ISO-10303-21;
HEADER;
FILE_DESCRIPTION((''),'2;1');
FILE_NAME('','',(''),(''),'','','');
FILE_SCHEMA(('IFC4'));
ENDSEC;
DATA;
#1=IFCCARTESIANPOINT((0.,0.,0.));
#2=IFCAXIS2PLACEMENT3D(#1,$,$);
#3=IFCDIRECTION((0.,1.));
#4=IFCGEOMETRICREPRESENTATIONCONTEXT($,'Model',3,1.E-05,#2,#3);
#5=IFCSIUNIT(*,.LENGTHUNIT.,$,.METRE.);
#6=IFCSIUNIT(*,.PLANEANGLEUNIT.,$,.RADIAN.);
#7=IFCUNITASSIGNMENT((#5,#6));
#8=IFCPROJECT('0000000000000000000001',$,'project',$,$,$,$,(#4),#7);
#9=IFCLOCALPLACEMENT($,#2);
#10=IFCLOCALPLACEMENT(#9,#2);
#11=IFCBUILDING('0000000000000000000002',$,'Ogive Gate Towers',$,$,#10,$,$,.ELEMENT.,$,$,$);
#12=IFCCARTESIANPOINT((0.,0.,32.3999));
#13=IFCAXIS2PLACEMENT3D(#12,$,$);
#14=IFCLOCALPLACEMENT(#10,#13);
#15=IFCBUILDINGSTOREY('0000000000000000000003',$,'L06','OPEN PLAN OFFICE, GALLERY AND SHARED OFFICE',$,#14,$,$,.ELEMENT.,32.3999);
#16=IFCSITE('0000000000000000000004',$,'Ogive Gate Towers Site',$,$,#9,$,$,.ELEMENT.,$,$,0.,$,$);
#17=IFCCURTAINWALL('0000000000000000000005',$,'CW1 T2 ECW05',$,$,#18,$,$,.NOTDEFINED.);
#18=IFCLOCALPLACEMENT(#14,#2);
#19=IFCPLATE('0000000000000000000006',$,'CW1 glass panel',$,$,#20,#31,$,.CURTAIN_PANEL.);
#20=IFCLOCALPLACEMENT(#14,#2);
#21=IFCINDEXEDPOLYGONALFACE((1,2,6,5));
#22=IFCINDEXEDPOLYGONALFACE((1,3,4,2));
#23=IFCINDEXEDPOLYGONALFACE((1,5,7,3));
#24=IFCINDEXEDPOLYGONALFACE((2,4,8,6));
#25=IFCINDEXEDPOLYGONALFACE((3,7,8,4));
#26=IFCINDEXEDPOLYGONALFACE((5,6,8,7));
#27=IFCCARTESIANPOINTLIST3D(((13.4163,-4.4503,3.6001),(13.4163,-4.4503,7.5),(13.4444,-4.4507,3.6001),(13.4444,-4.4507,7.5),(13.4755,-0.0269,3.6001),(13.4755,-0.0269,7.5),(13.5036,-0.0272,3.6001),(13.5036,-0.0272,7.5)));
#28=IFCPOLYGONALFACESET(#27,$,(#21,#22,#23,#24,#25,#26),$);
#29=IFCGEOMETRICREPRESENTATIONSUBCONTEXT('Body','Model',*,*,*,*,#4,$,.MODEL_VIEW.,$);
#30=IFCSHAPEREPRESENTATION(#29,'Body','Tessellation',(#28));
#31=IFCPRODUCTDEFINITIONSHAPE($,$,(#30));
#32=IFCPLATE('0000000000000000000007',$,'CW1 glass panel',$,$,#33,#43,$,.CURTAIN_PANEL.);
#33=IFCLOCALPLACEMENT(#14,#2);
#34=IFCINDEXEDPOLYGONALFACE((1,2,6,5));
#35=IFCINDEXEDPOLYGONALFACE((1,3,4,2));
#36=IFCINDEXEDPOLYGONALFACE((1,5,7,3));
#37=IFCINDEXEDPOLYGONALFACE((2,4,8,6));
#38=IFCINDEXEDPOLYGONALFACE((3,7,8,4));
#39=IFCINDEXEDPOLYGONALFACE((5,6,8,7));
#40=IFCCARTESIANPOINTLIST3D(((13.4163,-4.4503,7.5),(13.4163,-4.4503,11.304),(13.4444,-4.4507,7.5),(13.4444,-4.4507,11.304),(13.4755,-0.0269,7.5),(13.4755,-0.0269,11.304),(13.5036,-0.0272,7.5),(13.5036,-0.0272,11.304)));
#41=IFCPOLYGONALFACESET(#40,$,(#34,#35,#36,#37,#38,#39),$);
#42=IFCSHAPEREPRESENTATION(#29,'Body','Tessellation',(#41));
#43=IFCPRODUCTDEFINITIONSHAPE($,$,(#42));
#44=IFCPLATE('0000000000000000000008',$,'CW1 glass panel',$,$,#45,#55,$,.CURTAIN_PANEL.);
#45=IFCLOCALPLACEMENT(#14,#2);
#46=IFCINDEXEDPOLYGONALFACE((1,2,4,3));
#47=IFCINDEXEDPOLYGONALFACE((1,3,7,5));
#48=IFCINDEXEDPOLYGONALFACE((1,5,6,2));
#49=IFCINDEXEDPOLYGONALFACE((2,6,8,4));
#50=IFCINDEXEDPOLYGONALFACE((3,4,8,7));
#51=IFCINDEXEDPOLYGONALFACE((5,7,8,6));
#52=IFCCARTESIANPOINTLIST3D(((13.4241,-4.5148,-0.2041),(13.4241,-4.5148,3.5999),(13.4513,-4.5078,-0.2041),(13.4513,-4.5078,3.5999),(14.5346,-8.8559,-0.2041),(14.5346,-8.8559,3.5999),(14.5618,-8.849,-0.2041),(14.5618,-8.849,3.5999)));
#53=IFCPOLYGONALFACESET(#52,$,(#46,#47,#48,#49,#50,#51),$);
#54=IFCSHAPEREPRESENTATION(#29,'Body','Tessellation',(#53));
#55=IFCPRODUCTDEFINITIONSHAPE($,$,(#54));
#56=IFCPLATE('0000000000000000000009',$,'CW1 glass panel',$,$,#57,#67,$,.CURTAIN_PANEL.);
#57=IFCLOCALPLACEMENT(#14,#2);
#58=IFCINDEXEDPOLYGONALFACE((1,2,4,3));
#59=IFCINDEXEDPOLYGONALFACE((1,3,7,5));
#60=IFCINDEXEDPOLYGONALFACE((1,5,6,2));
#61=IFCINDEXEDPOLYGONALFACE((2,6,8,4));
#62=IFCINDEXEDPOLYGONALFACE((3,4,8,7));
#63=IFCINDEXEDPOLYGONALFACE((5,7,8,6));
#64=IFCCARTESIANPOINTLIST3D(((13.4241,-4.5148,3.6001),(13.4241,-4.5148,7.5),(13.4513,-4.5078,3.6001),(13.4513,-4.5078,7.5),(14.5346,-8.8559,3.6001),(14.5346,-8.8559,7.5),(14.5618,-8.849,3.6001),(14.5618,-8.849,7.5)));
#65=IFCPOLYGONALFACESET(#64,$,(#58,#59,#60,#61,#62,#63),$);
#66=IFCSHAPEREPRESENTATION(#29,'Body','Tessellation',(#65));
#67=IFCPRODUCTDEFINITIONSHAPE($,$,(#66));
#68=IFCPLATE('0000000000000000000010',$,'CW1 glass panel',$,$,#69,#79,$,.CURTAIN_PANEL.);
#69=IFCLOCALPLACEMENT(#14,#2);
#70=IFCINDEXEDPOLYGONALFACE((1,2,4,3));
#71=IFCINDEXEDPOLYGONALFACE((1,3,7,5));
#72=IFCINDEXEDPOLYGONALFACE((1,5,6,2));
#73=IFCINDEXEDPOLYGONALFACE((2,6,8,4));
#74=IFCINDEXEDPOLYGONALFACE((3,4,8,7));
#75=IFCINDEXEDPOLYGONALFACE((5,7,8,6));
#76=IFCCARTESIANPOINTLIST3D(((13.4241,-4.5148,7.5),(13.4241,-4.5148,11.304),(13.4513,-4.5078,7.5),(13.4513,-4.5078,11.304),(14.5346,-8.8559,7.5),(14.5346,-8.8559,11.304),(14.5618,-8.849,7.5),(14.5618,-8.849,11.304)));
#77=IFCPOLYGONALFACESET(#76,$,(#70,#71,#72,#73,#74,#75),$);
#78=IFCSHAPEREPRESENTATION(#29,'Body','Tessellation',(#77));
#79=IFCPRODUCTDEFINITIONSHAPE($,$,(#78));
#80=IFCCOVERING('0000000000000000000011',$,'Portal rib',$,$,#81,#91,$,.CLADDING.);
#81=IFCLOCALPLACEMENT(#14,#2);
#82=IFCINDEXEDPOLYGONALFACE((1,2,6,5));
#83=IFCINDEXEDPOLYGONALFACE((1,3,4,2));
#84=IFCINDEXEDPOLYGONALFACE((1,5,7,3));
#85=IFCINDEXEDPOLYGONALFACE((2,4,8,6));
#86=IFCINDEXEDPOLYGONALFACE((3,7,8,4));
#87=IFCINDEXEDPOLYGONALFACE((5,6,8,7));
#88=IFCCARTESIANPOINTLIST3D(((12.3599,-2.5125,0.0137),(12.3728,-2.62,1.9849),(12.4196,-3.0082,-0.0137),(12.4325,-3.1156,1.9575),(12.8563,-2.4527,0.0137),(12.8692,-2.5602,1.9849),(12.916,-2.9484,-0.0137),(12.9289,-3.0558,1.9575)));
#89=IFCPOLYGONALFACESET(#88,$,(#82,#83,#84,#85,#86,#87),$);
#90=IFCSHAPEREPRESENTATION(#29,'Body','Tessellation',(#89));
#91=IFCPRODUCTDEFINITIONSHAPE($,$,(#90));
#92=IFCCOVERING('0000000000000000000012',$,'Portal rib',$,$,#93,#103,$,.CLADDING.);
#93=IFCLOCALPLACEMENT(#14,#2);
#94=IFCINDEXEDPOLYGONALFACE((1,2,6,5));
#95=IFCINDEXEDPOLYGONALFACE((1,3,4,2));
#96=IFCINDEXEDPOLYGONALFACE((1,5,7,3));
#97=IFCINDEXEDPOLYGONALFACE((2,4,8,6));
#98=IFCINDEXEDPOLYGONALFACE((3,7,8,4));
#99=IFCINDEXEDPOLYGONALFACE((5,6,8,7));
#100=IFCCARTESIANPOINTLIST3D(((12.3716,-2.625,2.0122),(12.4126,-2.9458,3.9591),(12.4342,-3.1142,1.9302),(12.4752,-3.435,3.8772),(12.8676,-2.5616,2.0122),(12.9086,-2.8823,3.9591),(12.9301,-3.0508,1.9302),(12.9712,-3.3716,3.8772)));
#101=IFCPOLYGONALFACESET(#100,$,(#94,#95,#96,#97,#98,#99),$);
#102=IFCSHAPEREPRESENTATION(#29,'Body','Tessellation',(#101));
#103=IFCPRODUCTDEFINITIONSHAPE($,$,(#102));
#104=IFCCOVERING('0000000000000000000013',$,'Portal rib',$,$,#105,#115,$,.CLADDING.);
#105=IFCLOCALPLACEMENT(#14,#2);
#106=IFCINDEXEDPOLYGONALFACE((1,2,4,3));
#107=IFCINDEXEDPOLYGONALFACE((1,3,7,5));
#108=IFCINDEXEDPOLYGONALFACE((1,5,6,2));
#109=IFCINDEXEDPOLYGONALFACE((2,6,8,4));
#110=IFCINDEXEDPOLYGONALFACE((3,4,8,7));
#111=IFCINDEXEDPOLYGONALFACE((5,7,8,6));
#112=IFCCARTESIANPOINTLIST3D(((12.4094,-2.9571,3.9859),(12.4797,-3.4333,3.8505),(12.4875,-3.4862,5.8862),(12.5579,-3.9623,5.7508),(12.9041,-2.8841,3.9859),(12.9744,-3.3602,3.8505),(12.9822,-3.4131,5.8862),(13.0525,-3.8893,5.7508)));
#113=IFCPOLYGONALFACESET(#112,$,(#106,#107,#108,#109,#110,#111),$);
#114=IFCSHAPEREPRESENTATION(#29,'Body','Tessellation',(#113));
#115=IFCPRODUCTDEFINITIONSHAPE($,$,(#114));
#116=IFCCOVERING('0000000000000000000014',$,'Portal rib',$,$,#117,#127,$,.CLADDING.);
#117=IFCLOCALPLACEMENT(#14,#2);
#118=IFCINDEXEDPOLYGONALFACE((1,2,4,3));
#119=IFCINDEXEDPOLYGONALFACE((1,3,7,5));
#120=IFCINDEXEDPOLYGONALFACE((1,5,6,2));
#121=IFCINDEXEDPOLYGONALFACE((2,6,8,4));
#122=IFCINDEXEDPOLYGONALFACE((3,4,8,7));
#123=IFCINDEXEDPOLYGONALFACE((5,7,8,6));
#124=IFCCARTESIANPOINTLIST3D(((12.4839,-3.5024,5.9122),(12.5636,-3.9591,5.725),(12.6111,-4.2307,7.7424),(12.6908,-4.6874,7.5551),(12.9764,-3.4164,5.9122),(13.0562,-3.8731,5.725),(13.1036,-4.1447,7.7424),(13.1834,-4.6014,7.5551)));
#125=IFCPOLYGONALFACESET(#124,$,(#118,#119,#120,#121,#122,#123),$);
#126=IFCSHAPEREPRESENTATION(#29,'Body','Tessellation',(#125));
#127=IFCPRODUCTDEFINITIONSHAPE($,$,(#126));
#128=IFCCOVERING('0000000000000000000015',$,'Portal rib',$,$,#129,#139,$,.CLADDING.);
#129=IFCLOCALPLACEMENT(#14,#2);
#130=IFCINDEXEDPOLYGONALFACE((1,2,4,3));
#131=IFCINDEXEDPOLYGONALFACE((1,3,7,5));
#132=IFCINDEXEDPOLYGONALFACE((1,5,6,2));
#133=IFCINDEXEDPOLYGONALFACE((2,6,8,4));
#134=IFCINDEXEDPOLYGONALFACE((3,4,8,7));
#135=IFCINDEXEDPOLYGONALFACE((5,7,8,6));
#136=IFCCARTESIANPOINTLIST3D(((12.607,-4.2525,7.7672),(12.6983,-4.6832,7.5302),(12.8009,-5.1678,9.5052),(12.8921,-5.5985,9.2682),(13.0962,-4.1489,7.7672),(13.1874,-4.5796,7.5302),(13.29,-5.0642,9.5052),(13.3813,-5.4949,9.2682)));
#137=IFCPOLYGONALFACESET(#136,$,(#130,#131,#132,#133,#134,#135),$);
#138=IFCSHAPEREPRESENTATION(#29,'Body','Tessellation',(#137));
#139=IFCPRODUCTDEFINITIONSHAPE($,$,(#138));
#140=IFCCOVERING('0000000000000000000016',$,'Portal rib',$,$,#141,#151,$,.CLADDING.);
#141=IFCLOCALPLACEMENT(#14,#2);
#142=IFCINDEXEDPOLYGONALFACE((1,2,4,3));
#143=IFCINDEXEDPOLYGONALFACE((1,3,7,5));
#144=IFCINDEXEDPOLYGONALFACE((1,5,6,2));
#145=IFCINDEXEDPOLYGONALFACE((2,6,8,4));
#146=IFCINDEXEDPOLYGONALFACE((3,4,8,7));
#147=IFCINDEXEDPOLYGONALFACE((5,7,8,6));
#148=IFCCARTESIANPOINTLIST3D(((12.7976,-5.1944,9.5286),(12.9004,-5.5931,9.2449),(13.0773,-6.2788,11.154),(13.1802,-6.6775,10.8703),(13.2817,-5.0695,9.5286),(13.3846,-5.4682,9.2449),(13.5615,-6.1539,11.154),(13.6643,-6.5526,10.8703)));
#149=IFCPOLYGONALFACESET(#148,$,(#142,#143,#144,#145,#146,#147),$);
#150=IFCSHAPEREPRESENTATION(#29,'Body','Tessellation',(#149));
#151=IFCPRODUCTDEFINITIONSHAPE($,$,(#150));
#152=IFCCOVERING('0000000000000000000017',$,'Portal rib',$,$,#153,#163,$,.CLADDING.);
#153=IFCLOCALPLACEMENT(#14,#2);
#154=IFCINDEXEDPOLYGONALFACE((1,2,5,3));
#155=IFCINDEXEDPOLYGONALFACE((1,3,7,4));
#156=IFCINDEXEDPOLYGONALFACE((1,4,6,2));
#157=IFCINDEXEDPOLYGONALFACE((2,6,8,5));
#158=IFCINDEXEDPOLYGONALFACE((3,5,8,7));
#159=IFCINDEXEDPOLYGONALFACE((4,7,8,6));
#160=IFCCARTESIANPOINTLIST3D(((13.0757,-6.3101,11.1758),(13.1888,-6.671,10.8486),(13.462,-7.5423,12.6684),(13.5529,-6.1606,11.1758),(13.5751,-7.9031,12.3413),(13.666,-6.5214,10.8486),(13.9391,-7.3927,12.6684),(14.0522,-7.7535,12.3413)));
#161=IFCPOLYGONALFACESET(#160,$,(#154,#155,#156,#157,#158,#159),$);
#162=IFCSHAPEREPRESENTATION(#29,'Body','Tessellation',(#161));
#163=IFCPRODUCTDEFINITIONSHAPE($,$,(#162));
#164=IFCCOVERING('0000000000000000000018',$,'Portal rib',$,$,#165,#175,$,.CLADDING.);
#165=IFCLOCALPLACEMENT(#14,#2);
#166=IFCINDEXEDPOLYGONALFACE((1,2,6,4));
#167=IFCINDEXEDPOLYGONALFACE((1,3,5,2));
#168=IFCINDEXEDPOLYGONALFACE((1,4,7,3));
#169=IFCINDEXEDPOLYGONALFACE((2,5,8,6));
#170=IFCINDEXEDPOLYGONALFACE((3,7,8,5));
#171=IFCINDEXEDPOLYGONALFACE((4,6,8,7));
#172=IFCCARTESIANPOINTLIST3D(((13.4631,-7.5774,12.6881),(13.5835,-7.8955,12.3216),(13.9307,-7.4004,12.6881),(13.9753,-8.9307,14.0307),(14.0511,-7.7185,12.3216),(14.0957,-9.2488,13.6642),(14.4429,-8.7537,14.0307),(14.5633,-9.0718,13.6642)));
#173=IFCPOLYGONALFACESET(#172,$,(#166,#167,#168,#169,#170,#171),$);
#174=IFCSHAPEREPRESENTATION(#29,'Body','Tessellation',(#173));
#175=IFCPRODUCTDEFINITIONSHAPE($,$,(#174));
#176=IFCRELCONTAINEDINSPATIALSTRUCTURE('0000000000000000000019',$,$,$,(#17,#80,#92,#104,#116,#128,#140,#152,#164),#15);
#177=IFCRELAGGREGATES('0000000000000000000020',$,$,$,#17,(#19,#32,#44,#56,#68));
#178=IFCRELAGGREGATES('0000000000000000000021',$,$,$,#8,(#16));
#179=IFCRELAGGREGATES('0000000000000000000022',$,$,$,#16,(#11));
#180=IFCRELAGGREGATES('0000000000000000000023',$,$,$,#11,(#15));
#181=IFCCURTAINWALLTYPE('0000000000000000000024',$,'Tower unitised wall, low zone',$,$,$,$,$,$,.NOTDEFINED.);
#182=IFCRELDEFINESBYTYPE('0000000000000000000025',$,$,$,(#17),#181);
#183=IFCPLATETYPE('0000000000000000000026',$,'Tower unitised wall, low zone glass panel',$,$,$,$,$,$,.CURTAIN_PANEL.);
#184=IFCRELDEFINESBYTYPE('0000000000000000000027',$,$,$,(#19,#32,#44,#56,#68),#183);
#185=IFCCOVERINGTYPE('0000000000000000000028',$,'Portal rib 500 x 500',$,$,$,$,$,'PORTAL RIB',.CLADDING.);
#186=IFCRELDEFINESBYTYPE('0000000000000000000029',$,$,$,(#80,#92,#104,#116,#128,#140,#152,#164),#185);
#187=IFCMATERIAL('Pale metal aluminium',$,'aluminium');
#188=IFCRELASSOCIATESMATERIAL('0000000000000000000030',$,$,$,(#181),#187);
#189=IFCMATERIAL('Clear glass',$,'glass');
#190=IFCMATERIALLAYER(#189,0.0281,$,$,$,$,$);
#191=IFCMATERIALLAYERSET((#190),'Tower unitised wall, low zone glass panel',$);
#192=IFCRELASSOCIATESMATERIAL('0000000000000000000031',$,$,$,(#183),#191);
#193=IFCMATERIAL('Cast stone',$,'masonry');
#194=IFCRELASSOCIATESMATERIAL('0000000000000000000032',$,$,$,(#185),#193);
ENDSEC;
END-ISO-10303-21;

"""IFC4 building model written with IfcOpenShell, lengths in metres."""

from ifc_helpers import new_model, si_unit, direction, frame, origin, origin_2d, place, context, subcontext, project, spatial, rectangle, extrude, material, layer, layer_set, material_profile, profile_set, type_object, element, aggregate, save


model = new_model("IFC4")

# Units and contexts
model_context = context("Model", 3, precision=1e-05, world=origin(), true_north=direction((0.0, 1.0)))
body_context = subcontext(model_context, "Body", "Model", "MODEL_VIEW")
ifc_project = project(units=[si_unit("LENGTHUNIT", "METRE"), si_unit("PLANEANGLEUNIT", "RADIAN")], contexts=[model_context])

# Site, building, storey
site_placement = place(None, origin())
site = spatial("IfcSite", under=ifc_project, at=site_placement, Name="Ogive Gate Towers Site", CompositionType="ELEMENT", RefElevation=0.0)
building_placement = place(site_placement, origin())
building = spatial("IfcBuilding", under=site, at=building_placement, Name="Ogive Gate Towers", CompositionType="ELEMENT")
storey_placement = place(building_placement, frame((0.0, 0.0, 32.3999)))
storey = spatial("IfcBuildingStorey", under=building, at=storey_placement, Name="L06", Description="OPEN PLAN OFFICE, GALLERY AND SHARED OFFICE", CompositionType="ELEMENT", Elevation=32.3999)

# Curtain wall
ifc_material_1 = material(Name="Pale metal aluminium", Category="aluminium")
curtain_wall_type = type_object("IfcCurtainWallType", Name="Tower unitised wall, low zone", PredefinedType="NOTDEFINED", material=ifc_material_1)
curtain_wall_placement = place(storey_placement, origin())
curtain_wall = element("IfcCurtainWall", 1, at=curtain_wall_placement, inside=storey, type_object=curtain_wall_type, Name="CW1 T2 ECW05", PredefinedType="NOTDEFINED")

# Plates
ifc_material_2 = material(Name="Clear glass", Category="glass")
ifc_layer_1 = layer(ifc_material_2, 0.0281)
ifc_layer_set_1 = layer_set([ifc_layer_1], Name="Tower unitised wall, low zone glass panel")
plate_type = type_object("IfcPlateType", Name="Tower unitised wall, low zone glass panel", PredefinedType="CURTAIN_PANEL", material=ifc_layer_set_1)
plate_1_placement = place(storey_placement, frame((13.46, -2.2388, 3.6001), z_axis=(0.0, 0.0, 1.0), x_axis=(-0.013386, -0.99991, 0.0)))
plate_1 = element("IfcPlate", 2, at=plate_1_placement, type_object=plate_type, Name="CW1 glass panel", PredefinedType="CURTAIN_PANEL", context=body_context, shape_type="SweptSolid", body=[
    extrude(rectangle(XDim=4.4238, YDim=0.0281, at=origin_2d()), origin(), (0.0, 0.0, 1.0), 3.8999),
])
plate_2_placement = place(storey_placement, frame((13.46, -2.2388, 7.5), z_axis=(0.0, 0.0, 1.0), x_axis=(-0.013386, -0.99991, 0.0)))
plate_2 = element("IfcPlate", 3, at=plate_2_placement, type_object=plate_type, Name="CW1 glass panel", PredefinedType="CURTAIN_PANEL", context=body_context, shape_type="SweptSolid", body=[
    extrude(rectangle(XDim=4.4238, YDim=0.0281, at=origin_2d()), origin(), (0.0, 0.0, 1.0), 3.804),
])
plate_3_placement = place(storey_placement, frame((13.9929, -6.6819, -0.2041), z_axis=(0.0, 0.0, 1.0), x_axis=(0.247828, -0.968804, 0.0)))
plate_3 = element("IfcPlate", 4, at=plate_3_placement, type_object=plate_type, Name="CW1 glass panel", PredefinedType="CURTAIN_PANEL", context=body_context, shape_type="SweptSolid", body=[
    extrude(rectangle(XDim=4.481, YDim=0.0281, at=origin_2d()), origin(), (0.0, 0.0, 1.0), 3.804),
])
plate_4_placement = place(storey_placement, frame((13.9929, -6.6819, 3.6001), z_axis=(0.0, 0.0, 1.0), x_axis=(0.247828, -0.968804, 0.0)))
plate_4 = element("IfcPlate", 5, at=plate_4_placement, type_object=plate_type, Name="CW1 glass panel", PredefinedType="CURTAIN_PANEL", context=body_context, shape_type="SweptSolid", body=[
    extrude(rectangle(XDim=4.481, YDim=0.0281, at=origin_2d()), origin(), (0.0, 0.0, 1.0), 3.8999),
])
plate_5_placement = place(storey_placement, frame((13.9929, -6.6819, 7.5), z_axis=(0.0, 0.0, 1.0), x_axis=(0.247828, -0.968804, 0.0)))
plate_5 = element("IfcPlate", 6, at=plate_5_placement, type_object=plate_type, Name="CW1 glass panel", PredefinedType="CURTAIN_PANEL", context=body_context, shape_type="SweptSolid", body=[
    extrude(rectangle(XDim=4.481, YDim=0.0281, at=origin_2d()), origin(), (0.0, 0.0, 1.0), 3.804),
])
aggregate(curtain_wall, [plate_1, plate_2, plate_3, plate_4, plate_5])

# Coverings
ifc_material_3 = material(Name="Cast stone", Category="masonry")
ifc_material_profile_1 = material_profile(ifc_material_3, rectangle(XDim=0.5, YDim=0.5, at=origin_2d()), Name="500 x 500 cast stone")
ifc_profile_set_1 = profile_set([ifc_material_profile_1], Name="Cast stone")
covering_type = type_object("IfcCoveringType", Name="Portal rib 500 x 500", ElementType="PORTAL RIB", PredefinedType="CLADDING", material=ifc_profile_set_1)
covering_1_placement = place(storey_placement, frame((12.6379, -2.7305, 0.0), z_axis=(0.006554, -0.054414, 0.998497), x_axis=(0.992823, 0.11959, 0.0)))
element("IfcCovering", 7, at=covering_1_placement, inside=storey, type_object=covering_type, Name="Portal rib", PredefinedType="CLADDING", context=body_context, shape_type="SweptSolid", body=[
    extrude(rectangle(XDim=0.5, YDim=0.5, at=origin_2d()), origin(), (0.0, 0.0, 1.0), 1.9741),
])
covering_2_placement = place(storey_placement, frame((12.6509, -2.8379, 1.9712), z_axis=(0.020781, -0.162538, 0.986483), x_axis=(0.991926, 0.126822, 0.0)))
element("IfcCovering", 8, at=covering_2_placement, inside=storey, type_object=covering_type, Name="Portal rib", PredefinedType="CLADDING", context=body_context, shape_type="SweptSolid", body=[
    extrude(rectangle(XDim=0.5, YDim=0.5, at=origin_2d()), origin(), (0.0, 0.0, 1.0), 1.9736),
])
covering_3_placement = place(storey_placement, frame((12.6919, -3.1587, 3.9182), z_axis=(0.039573, -0.267983, 0.962611), x_axis=(0.989272, 0.146085, 0.0)))
element("IfcCovering", 9, at=covering_3_placement, inside=storey, type_object=covering_type, Name="Portal rib", PredefinedType="CLADDING", context=body_context, shape_type="SweptSolid", body=[
    extrude(rectangle(XDim=0.5, YDim=0.5, at=origin_2d()), origin(), (0.0, 0.0, 1.0), 1.9741),
])
for number, where, z_axis, x_axis, name in (
    (10, (12.77, -3.6877, 5.8186), (0.064444, -0.368976, 0.927202), (0.985088, 0.172052, 0.0), "Portal rib"),
    (11, (12.8972, -4.416, 7.6487), (0.098208, -0.463704, 0.88053), (0.9783, 0.207194, 0.0), "Portal rib"),
    (12, (13.0911, -5.3313, 9.3867), (0.141737, -0.549386, 0.82346), (0.968294, 0.249812, 0.0), "Portal rib"),
):
    element("IfcCovering", number, at=place(storey_placement, frame(where, z_axis=z_axis, x_axis=x_axis)), inside=storey, type_object=covering_type, Name=name, PredefinedType="CLADDING", context=body_context, shape_type="SweptSolid", body=[
        extrude(rectangle(XDim=0.5, YDim=0.5, at=origin_2d()), origin(), (0.0, 0.0, 1.0), 1.9739),
    ])
covering_4_placement = place(storey_placement, frame((13.3708, -6.4158, 11.0122), z_axis=(0.195688, -0.624296, 0.756281), x_axis=(0.954221, 0.299104, 0.0)))
element("IfcCovering", 13, at=covering_4_placement, inside=storey, type_object=covering_type, Name="Portal rib", PredefinedType="CLADDING", context=body_context, shape_type="SweptSolid", body=[
    extrude(rectangle(XDim=0.5, YDim=0.5, at=origin_2d()), origin(), (0.0, 0.0, 1.0), 1.9736),
])
covering_5_placement = place(storey_placement, frame((13.7571, -7.6479, 12.5049), z_axis=(0.259496, -0.6856, 0.680158), x_axis=(0.93525, 0.353988, 0.0)))
element("IfcCovering", 14, at=covering_5_placement, inside=storey, type_object=covering_type, Name="Portal rib", PredefinedType="CLADDING", context=body_context, shape_type="SweptSolid", body=[
    extrude(rectangle(XDim=0.5, YDim=0.5, at=origin_2d()), origin(), (0.0, 0.0, 1.0), 1.9739),
])

save(model, "model.ifc")
